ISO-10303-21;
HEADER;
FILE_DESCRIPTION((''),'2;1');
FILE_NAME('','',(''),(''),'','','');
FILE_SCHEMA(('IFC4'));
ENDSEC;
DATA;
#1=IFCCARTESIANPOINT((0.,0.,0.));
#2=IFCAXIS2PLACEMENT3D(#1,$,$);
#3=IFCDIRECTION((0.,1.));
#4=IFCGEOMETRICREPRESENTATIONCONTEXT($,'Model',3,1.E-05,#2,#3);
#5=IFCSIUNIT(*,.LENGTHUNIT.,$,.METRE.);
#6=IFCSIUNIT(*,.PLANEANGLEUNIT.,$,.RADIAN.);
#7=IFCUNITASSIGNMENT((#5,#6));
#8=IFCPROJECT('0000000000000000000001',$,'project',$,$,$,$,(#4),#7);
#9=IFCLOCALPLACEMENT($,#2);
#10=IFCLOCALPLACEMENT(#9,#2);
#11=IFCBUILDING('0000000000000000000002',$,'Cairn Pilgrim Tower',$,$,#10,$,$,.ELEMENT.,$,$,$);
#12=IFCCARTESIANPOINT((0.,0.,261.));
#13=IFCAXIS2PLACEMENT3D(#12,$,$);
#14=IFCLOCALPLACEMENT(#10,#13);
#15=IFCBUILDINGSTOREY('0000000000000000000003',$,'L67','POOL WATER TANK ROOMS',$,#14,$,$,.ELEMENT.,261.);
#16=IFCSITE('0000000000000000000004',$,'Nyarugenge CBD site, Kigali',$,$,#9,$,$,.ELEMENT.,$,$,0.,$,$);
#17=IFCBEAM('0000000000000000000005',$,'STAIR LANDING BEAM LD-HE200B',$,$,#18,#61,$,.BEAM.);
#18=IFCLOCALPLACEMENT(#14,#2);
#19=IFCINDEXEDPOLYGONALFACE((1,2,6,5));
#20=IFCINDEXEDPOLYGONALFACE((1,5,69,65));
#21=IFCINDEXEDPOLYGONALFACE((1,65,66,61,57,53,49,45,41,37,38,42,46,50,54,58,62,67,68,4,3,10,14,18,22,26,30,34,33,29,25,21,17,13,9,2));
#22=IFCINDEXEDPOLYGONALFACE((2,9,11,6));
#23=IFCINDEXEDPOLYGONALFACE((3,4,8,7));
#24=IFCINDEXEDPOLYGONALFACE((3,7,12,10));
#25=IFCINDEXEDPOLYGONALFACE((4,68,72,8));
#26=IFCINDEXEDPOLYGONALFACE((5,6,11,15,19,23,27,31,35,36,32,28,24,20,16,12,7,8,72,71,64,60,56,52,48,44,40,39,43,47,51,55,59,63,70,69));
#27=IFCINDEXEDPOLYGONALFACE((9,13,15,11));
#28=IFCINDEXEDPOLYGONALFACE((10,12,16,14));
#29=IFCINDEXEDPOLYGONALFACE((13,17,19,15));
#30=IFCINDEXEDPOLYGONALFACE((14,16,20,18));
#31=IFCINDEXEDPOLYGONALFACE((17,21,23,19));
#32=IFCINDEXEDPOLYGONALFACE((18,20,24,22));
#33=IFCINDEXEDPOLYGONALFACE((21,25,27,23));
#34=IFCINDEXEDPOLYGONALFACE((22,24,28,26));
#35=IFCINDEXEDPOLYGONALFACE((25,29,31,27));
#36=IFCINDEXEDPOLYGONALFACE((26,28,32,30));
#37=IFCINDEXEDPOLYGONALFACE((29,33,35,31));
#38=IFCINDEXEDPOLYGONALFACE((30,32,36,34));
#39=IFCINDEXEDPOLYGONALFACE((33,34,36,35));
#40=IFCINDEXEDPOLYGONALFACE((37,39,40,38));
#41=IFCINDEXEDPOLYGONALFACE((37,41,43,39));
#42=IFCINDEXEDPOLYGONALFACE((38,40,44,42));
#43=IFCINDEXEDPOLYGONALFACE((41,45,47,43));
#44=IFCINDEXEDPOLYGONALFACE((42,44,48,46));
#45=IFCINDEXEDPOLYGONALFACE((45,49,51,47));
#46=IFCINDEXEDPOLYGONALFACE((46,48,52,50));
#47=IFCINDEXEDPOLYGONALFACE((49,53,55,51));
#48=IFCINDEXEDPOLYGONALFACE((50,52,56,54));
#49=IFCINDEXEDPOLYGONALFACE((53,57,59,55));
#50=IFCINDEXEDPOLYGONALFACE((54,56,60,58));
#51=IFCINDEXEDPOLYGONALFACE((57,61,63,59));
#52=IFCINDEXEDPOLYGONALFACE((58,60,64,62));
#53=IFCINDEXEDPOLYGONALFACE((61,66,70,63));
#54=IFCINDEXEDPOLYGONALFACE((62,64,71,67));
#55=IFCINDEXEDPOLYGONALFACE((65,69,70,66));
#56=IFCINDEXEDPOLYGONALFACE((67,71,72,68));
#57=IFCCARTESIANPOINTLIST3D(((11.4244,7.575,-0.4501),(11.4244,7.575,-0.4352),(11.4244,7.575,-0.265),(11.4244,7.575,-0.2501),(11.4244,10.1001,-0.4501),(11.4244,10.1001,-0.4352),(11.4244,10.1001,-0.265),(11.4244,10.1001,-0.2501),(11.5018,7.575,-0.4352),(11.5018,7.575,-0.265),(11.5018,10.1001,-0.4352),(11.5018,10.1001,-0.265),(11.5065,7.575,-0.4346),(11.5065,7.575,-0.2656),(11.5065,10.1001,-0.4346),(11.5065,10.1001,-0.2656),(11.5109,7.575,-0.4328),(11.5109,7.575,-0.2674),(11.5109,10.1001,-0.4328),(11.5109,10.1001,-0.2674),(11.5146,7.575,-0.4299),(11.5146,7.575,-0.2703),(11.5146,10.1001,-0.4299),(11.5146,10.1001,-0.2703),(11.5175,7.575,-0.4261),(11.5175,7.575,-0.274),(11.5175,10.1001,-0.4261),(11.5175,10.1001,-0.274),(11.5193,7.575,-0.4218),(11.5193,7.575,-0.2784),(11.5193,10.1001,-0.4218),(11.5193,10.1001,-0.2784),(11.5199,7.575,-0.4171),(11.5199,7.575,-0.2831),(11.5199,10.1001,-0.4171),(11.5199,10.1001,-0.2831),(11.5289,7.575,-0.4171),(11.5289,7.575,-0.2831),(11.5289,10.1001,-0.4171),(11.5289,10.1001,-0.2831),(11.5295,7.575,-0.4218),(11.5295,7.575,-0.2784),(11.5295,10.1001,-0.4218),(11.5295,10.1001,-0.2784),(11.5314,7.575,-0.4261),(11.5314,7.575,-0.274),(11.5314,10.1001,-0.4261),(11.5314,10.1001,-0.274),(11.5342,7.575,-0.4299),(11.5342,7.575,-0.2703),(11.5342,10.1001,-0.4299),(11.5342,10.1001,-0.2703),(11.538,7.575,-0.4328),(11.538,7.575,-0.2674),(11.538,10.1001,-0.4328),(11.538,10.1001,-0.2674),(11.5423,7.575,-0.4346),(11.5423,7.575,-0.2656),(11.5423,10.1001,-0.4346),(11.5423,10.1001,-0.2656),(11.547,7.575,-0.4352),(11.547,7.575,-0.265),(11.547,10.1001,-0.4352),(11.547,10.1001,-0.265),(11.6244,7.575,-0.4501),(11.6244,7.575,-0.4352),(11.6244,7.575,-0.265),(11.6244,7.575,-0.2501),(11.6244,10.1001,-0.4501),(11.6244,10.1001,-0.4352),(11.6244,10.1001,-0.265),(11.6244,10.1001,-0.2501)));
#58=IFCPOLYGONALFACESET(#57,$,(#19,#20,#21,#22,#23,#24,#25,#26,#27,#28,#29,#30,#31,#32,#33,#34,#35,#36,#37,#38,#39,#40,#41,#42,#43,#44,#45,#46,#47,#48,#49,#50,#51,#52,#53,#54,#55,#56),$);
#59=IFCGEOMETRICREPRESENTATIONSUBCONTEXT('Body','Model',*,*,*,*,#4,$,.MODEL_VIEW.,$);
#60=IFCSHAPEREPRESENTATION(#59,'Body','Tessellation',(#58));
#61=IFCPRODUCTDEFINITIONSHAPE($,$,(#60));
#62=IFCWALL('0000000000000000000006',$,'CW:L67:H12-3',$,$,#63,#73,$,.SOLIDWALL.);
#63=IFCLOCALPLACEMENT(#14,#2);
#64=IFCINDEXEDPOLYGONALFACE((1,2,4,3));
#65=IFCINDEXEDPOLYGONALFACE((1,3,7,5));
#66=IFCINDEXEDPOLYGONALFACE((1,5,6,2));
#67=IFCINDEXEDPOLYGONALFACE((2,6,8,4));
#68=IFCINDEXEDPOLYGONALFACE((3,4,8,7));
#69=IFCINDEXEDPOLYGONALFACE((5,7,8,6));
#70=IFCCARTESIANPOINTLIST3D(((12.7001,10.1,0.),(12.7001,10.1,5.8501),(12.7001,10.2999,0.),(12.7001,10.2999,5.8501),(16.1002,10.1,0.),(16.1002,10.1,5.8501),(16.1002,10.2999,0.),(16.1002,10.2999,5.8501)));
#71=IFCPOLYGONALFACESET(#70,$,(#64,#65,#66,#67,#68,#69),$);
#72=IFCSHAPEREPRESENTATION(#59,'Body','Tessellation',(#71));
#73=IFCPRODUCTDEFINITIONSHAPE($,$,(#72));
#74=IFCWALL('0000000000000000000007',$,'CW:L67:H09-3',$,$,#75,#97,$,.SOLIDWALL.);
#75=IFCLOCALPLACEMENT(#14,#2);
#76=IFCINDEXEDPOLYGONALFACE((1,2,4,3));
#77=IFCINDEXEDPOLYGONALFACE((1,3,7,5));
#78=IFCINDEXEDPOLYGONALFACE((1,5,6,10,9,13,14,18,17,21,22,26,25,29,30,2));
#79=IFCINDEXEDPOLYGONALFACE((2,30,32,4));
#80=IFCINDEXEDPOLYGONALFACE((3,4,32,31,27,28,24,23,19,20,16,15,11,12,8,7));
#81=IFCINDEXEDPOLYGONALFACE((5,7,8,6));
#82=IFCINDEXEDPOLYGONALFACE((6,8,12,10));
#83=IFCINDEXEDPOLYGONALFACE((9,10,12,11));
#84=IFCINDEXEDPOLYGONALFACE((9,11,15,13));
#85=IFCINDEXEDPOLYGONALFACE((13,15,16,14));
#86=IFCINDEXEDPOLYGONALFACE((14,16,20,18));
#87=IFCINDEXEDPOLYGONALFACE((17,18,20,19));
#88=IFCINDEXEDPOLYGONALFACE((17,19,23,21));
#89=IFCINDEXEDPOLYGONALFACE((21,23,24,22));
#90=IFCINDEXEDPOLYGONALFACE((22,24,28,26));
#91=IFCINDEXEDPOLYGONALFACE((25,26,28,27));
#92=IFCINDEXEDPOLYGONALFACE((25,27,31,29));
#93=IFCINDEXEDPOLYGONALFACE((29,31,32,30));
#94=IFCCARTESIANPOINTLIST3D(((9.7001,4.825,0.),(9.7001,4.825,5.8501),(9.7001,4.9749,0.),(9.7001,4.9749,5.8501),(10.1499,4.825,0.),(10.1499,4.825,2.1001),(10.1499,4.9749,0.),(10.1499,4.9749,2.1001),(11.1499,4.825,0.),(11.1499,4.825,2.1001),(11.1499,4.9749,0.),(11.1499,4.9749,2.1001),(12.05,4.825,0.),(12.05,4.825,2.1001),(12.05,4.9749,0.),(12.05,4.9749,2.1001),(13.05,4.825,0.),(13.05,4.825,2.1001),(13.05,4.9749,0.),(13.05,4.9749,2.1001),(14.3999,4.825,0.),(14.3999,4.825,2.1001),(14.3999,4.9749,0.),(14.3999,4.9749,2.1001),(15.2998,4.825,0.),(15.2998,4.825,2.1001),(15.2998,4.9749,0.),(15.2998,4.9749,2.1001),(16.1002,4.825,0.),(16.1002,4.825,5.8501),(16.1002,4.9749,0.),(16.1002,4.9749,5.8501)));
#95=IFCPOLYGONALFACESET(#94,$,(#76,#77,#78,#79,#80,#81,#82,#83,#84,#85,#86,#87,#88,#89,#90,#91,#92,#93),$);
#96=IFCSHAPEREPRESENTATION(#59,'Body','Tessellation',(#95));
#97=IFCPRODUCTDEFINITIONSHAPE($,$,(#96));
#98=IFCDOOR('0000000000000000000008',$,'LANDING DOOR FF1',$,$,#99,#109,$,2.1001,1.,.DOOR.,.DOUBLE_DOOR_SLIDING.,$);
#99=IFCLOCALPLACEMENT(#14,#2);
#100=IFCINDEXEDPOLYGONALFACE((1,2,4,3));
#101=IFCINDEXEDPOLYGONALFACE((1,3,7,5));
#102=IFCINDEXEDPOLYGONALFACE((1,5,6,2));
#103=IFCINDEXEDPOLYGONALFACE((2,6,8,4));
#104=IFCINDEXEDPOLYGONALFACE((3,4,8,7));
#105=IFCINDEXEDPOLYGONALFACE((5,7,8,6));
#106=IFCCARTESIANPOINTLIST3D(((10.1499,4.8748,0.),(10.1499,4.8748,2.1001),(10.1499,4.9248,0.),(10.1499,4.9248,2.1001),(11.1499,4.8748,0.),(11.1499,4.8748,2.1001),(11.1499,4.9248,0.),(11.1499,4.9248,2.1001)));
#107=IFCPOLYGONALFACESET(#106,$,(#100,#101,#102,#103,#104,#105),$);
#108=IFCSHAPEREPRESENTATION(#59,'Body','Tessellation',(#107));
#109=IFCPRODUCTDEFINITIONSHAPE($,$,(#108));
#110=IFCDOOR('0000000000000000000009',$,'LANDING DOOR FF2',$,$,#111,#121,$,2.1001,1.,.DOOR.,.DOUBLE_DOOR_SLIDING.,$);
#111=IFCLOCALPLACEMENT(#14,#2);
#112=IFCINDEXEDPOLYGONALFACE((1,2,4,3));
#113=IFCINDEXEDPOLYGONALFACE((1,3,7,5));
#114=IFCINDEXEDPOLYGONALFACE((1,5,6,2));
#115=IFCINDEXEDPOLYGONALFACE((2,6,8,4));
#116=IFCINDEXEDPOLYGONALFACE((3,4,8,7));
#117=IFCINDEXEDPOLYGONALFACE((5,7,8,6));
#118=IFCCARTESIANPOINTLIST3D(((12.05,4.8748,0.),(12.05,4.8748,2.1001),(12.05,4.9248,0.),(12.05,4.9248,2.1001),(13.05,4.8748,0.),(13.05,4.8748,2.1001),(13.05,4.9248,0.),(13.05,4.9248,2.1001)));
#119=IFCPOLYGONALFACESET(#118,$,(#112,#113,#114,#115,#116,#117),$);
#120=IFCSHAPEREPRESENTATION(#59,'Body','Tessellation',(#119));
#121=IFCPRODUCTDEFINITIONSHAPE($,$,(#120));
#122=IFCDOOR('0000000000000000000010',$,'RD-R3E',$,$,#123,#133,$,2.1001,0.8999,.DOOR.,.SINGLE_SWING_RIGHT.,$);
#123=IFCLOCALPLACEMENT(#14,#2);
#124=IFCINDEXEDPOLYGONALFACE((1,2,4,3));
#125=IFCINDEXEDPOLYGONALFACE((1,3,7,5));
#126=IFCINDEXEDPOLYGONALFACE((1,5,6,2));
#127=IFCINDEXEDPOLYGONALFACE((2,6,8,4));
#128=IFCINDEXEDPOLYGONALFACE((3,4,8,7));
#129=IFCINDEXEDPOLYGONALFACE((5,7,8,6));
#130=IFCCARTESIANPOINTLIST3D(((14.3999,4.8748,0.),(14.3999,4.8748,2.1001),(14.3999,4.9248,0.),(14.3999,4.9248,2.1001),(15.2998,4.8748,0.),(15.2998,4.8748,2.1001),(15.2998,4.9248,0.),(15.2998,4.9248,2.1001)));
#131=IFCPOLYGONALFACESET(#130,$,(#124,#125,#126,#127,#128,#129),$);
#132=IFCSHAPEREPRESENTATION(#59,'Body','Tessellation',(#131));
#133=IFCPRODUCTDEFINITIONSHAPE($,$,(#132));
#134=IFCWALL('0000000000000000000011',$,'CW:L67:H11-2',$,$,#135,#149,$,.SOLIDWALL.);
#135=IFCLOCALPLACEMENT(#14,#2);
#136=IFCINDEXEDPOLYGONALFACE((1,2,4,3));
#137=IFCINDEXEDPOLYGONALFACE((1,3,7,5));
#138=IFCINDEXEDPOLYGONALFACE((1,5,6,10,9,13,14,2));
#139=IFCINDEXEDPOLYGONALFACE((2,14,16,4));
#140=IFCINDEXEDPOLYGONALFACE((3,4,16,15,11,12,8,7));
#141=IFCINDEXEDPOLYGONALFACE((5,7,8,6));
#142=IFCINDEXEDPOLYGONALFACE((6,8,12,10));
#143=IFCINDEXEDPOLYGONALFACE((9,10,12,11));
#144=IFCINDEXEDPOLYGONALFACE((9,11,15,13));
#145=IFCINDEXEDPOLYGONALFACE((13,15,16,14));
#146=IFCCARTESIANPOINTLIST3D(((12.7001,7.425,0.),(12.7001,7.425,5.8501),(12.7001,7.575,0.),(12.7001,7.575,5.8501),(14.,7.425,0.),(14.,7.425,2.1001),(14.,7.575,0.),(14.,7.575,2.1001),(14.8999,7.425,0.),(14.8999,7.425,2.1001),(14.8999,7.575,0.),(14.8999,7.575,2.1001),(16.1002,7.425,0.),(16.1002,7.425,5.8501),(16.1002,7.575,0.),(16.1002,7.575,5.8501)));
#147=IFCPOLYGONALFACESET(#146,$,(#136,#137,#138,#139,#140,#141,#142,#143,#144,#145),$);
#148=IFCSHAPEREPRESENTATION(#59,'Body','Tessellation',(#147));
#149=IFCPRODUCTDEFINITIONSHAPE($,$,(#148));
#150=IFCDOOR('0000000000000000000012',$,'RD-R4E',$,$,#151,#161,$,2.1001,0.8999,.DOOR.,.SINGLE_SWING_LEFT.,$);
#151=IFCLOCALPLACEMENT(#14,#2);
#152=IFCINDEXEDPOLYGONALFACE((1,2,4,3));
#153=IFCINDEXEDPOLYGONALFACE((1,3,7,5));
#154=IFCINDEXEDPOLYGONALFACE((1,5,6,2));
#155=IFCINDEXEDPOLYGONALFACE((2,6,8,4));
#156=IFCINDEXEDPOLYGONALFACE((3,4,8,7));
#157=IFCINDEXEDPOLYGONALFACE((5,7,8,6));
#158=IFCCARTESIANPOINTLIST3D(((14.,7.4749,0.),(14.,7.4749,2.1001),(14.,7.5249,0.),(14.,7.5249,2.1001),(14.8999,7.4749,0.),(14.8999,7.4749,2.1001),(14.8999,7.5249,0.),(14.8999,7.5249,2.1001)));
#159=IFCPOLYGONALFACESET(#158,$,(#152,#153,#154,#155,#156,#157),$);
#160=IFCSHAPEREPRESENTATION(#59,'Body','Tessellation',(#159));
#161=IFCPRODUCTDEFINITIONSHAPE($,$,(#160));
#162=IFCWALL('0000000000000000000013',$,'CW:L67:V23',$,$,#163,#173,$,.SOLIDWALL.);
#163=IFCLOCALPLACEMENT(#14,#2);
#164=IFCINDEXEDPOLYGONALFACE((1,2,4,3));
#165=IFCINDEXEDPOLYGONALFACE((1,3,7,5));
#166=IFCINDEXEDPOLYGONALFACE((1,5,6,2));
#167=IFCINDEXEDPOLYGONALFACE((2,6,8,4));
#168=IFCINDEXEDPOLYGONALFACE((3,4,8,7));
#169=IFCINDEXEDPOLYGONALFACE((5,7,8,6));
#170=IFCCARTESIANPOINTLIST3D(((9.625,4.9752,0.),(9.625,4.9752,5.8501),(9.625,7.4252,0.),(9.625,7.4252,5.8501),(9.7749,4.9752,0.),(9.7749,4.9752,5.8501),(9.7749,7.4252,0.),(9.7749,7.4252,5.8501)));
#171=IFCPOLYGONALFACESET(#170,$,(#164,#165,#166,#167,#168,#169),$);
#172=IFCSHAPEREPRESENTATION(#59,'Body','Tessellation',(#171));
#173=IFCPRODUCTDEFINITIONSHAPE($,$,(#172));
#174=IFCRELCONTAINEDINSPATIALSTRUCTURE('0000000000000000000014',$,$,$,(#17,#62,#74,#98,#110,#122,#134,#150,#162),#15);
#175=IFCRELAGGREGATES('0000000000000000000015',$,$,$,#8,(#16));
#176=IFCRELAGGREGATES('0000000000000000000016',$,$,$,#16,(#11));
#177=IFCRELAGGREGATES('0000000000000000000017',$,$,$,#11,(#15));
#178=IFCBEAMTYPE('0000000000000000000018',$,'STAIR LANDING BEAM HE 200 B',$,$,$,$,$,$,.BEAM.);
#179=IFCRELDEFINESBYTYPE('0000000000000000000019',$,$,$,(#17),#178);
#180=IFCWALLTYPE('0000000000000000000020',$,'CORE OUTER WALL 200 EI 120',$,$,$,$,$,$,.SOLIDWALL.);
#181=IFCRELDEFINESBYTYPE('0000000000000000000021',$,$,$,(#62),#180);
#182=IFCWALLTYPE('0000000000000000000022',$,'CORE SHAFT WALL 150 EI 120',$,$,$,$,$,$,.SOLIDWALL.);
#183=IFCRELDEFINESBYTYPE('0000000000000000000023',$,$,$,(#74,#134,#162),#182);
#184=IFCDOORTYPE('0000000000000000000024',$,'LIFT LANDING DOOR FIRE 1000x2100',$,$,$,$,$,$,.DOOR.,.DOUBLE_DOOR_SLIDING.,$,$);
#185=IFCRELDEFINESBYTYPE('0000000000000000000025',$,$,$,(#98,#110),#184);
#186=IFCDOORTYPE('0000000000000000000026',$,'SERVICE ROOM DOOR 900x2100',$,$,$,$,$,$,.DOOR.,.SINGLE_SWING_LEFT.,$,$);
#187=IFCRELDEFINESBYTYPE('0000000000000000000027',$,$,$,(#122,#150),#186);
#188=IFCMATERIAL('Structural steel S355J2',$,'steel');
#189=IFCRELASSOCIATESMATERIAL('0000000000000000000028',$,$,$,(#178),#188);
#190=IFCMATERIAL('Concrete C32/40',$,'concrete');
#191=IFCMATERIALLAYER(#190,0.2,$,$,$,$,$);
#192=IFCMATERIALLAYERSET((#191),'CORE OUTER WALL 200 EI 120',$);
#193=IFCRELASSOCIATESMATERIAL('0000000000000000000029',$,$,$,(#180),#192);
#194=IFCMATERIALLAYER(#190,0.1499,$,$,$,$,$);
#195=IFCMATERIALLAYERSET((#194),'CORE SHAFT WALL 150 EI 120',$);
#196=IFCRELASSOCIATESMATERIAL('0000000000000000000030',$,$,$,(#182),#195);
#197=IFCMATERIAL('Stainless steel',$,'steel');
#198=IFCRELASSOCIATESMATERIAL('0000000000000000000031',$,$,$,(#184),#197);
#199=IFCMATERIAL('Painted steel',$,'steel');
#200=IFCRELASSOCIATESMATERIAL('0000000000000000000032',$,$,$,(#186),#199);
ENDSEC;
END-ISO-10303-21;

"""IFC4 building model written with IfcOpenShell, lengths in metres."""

from ifc_helpers import new_model, si_unit, direction, frame, frame_2d, origin, origin_2d, place, context, subcontext, project, spatial, rectangle, i_section, extrude, material, layer, layer_set, material_profile, profile_set, type_object, element, fill, save


model = new_model("IFC4")

# Units and contexts
model_context = context("Model", 3, precision=1e-05, world=origin(), true_north=direction((0.0, 1.0)))
body_context = subcontext(model_context, "Body", "Model", "MODEL_VIEW")
ifc_project = project(units=[si_unit("LENGTHUNIT", "METRE"), si_unit("PLANEANGLEUNIT", "RADIAN")], contexts=[model_context])

# Site, building, storey
site_placement = place(None, origin())
site = spatial("IfcSite", under=ifc_project, at=site_placement, Name="Nyarugenge CBD site, Kigali", CompositionType="ELEMENT", RefElevation=0.0)
building_placement = place(site_placement, origin())
building = spatial("IfcBuilding", under=site, at=building_placement, Name="Cairn Pilgrim Tower", CompositionType="ELEMENT")
storey_placement = place(building_placement, frame((0.0, 0.0, 261.0)))
storey = spatial("IfcBuildingStorey", under=building, at=storey_placement, Name="L67", Description="POOL WATER TANK ROOMS", CompositionType="ELEMENT", Elevation=261.0)

# Shared definitions
ifc_material_1 = material(Name="Structural steel S355J2", Category="steel")

# Beam
ifc_material_profile_1 = material_profile(ifc_material_1, i_section(OverallWidth=0.2, OverallDepth=0.2, WebThickness=0.009, FlangeThickness=0.0149, FilletRadius=0.0181, at=origin_2d()), Name="HE 200 B")
ifc_profile_set_1 = profile_set([ifc_material_profile_1], Name="Structural steel S355J2")
beam_type_1 = type_object("IfcBeamType", Name="STAIR LANDING BEAM HE 200 B", PredefinedType="BEAM", material=ifc_profile_set_1)
beam_1_placement = place(storey_placement, frame((11.5244, 10.1001, -0.3501), z_axis=(0.0, -1.0, 0.0), x_axis=(1.0, 0.0, 0.0)))
element("IfcBeam", 1, at=beam_1_placement, inside=storey, type_object=beam_type_1, Name="STAIR LANDING BEAM LD-HE200B", PredefinedType="BEAM", context=body_context, shape_type="SweptSolid", body=[
    extrude(i_section(OverallWidth=0.2, OverallDepth=0.2, WebThickness=0.009, FlangeThickness=0.0149, FilletRadius=0.0181, at=origin_2d()), origin(), (0.0, 0.0, 1.0), 2.5251),
])

# Wall
ifc_material_2 = material(Name="Concrete C32/40", Category="concrete")
ifc_layer_1 = layer(ifc_material_2, 0.2)
ifc_layer_set_1 = layer_set([ifc_layer_1], Name="CORE OUTER WALL 200 EI 120")
wall_type_1 = type_object("IfcWallType", Name="CORE OUTER WALL 200 EI 120", PredefinedType="SOLIDWALL", material=ifc_layer_set_1)
wall_1_placement = place(storey_placement, frame((12.7, 10.2, 0.0), z_axis=(0.0, 0.0, 1.0), x_axis=(1.0, 0.0, 0.0)))
element("IfcWall", 2, at=wall_1_placement, inside=storey, type_object=wall_type_1, Name="CW:L67:H12-3", PredefinedType="SOLIDWALL", context=body_context, shape_type="SweptSolid", body=[
    extrude(rectangle(XDim=3.4001, YDim=0.2, at=frame_2d((1.7002, 0.0))), origin(), (0.0, 0.0, 1.0), 5.8501),
])

# Wall, openings, doors
ifc_layer_2 = layer(ifc_material_2, 0.1499)
ifc_layer_set_2 = layer_set([ifc_layer_2], Name="CORE SHAFT WALL 150 EI 120")
wall_type_2 = type_object("IfcWallType", Name="CORE SHAFT WALL 150 EI 120", PredefinedType="SOLIDWALL", material=ifc_layer_set_2)
wall_2_placement = place(storey_placement, frame((9.7, 4.8999, 0.0), z_axis=(0.0, 0.0, 1.0), x_axis=(1.0, 0.0, 0.0)))
wall_2 = element("IfcWall", 3, at=wall_2_placement, inside=storey, type_object=wall_type_2, Name="CW:L67:H09-3", PredefinedType="SOLIDWALL", context=body_context, shape_type="SweptSolid", body=[
    extrude(rectangle(XDim=6.4001, YDim=0.1499, at=frame_2d((3.2002, 0.0))), origin(), (0.0, 0.0, 1.0), 5.8501),
])
opening_1_placement = place(wall_2_placement, frame((0.45, 0.0, 0.0)))
opening_1 = element("IfcOpeningElement", 4, at=opening_1_placement, cuts=wall_2, PredefinedType="OPENING", context=body_context, shape_type="SweptSolid", body=[
    extrude(rectangle(XDim=1.0, YDim=2.1001, at=frame_2d((0.5, 1.05))), frame((0.0, 0.085, 0.0), z_axis=(0.0, -1.0, 0.0), x_axis=(1.0, 0.0, 0.0)), (0.0, 0.0, 1.0), 0.1699),
])
opening_2_placement = place(wall_2_placement, frame((2.3501, 0.0, 0.0)))
opening_2 = element("IfcOpeningElement", 5, at=opening_2_placement, cuts=wall_2, PredefinedType="OPENING", context=body_context, shape_type="SweptSolid", body=[
    extrude(rectangle(XDim=1.0, YDim=2.1001, at=frame_2d((0.5, 1.05))), frame((0.0, 0.085, 0.0), z_axis=(0.0, -1.0, 0.0), x_axis=(1.0, 0.0, 0.0)), (0.0, 0.0, 1.0), 0.1699),
])
opening_3_placement = place(wall_2_placement, frame((4.7, 0.0, 0.0)))
opening_3 = element("IfcOpeningElement", 6, at=opening_3_placement, cuts=wall_2, PredefinedType="OPENING", context=body_context, shape_type="SweptSolid", body=[
    extrude(rectangle(XDim=0.8999, YDim=2.1001, at=frame_2d((0.45, 1.05))), frame((0.0, 0.085, 0.0), z_axis=(0.0, -1.0, 0.0), x_axis=(1.0, 0.0, 0.0)), (0.0, 0.0, 1.0), 0.1699),
])
ifc_material_3 = material(Name="Stainless steel", Category="steel")
door_type_1 = type_object("IfcDoorType", Name="LIFT LANDING DOOR FIRE 1000x2100", OperationType="DOUBLE_DOOR_SLIDING", PredefinedType="DOOR", material=ifc_material_3)
door_1_placement = place(opening_1_placement, origin())
door_1 = element("IfcDoor", 7, at=door_1_placement, inside=storey, type_object=door_type_1, Name="LANDING DOOR FF1", OperationType="DOUBLE_DOOR_SLIDING", OverallHeight=2.1001, OverallWidth=1.0, PredefinedType="DOOR", context=body_context, shape_type="SweptSolid", body=[
    extrude(rectangle(XDim=1.0, YDim=2.1001, at=frame_2d((0.5, 1.05))), frame((0.0, 0.0249, 0.0), z_axis=(0.0, -1.0, 0.0), x_axis=(1.0, 0.0, 0.0)), (0.0, 0.0, 1.0), 0.05),
])
fill(opening_1, door_1)
door_2_placement = place(opening_2_placement, origin())
door_2 = element("IfcDoor", 8, at=door_2_placement, inside=storey, type_object=door_type_1, Name="LANDING DOOR FF2", OperationType="DOUBLE_DOOR_SLIDING", OverallHeight=2.1001, OverallWidth=1.0, PredefinedType="DOOR", context=body_context, shape_type="SweptSolid", body=[
    extrude(rectangle(XDim=1.0, YDim=2.1001, at=frame_2d((0.5, 1.05))), frame((0.0, 0.0249, 0.0), z_axis=(0.0, -1.0, 0.0), x_axis=(1.0, 0.0, 0.0)), (0.0, 0.0, 1.0), 0.05),
])
fill(opening_2, door_2)
ifc_material_4 = material(Name="Painted steel", Category="steel")
door_type_2 = type_object("IfcDoorType", Name="SERVICE ROOM DOOR 900x2100", OperationType="SINGLE_SWING_LEFT", PredefinedType="DOOR", material=ifc_material_4)
door_3_placement = place(opening_3_placement, origin())
door_3 = element("IfcDoor", 9, at=door_3_placement, inside=storey, type_object=door_type_2, Name="RD-R3E", OperationType="SINGLE_SWING_RIGHT", OverallHeight=2.1001, OverallWidth=0.8999, PredefinedType="DOOR", context=body_context, shape_type="SweptSolid", body=[
    extrude(rectangle(XDim=0.8999, YDim=2.1001, at=frame_2d((0.45, 1.05))), frame((0.0, 0.0249, 0.0), z_axis=(0.0, -1.0, 0.0), x_axis=(1.0, 0.0, 0.0)), (0.0, 0.0, 1.0), 0.05),
])
fill(opening_3, door_3)

# Wall, opening, door
wall_3_placement = place(storey_placement, frame((12.7, 7.5, 0.0), z_axis=(0.0, 0.0, 1.0), x_axis=(1.0, 0.0, 0.0)))
wall_3 = element("IfcWall", 10, at=wall_3_placement, inside=storey, type_object=wall_type_2, Name="CW:L67:H11-2", PredefinedType="SOLIDWALL", context=body_context, shape_type="SweptSolid", body=[
    extrude(rectangle(XDim=3.4001, YDim=0.1499, at=frame_2d((1.7002, 0.0))), origin(), (0.0, 0.0, 1.0), 5.8501),
])
opening_4_placement = place(wall_3_placement, frame((1.3, 0.0, 0.0)))
opening_4 = element("IfcOpeningElement", 11, at=opening_4_placement, cuts=wall_3, PredefinedType="OPENING", context=body_context, shape_type="SweptSolid", body=[
    extrude(rectangle(XDim=0.8999, YDim=2.1001, at=frame_2d((0.45, 1.05))), frame((0.0, 0.085, 0.0), z_axis=(0.0, -1.0, 0.0), x_axis=(1.0, 0.0, 0.0)), (0.0, 0.0, 1.0), 0.1699),
])
door_4_placement = place(opening_4_placement, origin())
door_4 = element("IfcDoor", 12, at=door_4_placement, inside=storey, type_object=door_type_2, Name="RD-R4E", OperationType="SINGLE_SWING_LEFT", OverallHeight=2.1001, OverallWidth=0.8999, PredefinedType="DOOR", context=body_context, shape_type="SweptSolid", body=[
    extrude(rectangle(XDim=0.8999, YDim=2.1001, at=frame_2d((0.45, 1.05))), frame((0.0, 0.0249, 0.0), z_axis=(0.0, -1.0, 0.0), x_axis=(1.0, 0.0, 0.0)), (0.0, 0.0, 1.0), 0.05),
])
fill(opening_4, door_4)

# Wall
wall_4_placement = place(storey_placement, frame((9.7, 4.9751, 0.0), z_axis=(0.0, 0.0, 1.0), x_axis=(0.0, 1.0, 0.0)))
element("IfcWall", 13, at=wall_4_placement, inside=storey, type_object=wall_type_2, Name="CW:L67:V23", PredefinedType="SOLIDWALL", context=body_context, shape_type="SweptSolid", body=[
    extrude(rectangle(XDim=2.45, YDim=0.1499, at=frame_2d((1.2251, 0.0))), origin(), (0.0, 0.0, 1.0), 5.8501),
])

save(model, "model.ifc")
